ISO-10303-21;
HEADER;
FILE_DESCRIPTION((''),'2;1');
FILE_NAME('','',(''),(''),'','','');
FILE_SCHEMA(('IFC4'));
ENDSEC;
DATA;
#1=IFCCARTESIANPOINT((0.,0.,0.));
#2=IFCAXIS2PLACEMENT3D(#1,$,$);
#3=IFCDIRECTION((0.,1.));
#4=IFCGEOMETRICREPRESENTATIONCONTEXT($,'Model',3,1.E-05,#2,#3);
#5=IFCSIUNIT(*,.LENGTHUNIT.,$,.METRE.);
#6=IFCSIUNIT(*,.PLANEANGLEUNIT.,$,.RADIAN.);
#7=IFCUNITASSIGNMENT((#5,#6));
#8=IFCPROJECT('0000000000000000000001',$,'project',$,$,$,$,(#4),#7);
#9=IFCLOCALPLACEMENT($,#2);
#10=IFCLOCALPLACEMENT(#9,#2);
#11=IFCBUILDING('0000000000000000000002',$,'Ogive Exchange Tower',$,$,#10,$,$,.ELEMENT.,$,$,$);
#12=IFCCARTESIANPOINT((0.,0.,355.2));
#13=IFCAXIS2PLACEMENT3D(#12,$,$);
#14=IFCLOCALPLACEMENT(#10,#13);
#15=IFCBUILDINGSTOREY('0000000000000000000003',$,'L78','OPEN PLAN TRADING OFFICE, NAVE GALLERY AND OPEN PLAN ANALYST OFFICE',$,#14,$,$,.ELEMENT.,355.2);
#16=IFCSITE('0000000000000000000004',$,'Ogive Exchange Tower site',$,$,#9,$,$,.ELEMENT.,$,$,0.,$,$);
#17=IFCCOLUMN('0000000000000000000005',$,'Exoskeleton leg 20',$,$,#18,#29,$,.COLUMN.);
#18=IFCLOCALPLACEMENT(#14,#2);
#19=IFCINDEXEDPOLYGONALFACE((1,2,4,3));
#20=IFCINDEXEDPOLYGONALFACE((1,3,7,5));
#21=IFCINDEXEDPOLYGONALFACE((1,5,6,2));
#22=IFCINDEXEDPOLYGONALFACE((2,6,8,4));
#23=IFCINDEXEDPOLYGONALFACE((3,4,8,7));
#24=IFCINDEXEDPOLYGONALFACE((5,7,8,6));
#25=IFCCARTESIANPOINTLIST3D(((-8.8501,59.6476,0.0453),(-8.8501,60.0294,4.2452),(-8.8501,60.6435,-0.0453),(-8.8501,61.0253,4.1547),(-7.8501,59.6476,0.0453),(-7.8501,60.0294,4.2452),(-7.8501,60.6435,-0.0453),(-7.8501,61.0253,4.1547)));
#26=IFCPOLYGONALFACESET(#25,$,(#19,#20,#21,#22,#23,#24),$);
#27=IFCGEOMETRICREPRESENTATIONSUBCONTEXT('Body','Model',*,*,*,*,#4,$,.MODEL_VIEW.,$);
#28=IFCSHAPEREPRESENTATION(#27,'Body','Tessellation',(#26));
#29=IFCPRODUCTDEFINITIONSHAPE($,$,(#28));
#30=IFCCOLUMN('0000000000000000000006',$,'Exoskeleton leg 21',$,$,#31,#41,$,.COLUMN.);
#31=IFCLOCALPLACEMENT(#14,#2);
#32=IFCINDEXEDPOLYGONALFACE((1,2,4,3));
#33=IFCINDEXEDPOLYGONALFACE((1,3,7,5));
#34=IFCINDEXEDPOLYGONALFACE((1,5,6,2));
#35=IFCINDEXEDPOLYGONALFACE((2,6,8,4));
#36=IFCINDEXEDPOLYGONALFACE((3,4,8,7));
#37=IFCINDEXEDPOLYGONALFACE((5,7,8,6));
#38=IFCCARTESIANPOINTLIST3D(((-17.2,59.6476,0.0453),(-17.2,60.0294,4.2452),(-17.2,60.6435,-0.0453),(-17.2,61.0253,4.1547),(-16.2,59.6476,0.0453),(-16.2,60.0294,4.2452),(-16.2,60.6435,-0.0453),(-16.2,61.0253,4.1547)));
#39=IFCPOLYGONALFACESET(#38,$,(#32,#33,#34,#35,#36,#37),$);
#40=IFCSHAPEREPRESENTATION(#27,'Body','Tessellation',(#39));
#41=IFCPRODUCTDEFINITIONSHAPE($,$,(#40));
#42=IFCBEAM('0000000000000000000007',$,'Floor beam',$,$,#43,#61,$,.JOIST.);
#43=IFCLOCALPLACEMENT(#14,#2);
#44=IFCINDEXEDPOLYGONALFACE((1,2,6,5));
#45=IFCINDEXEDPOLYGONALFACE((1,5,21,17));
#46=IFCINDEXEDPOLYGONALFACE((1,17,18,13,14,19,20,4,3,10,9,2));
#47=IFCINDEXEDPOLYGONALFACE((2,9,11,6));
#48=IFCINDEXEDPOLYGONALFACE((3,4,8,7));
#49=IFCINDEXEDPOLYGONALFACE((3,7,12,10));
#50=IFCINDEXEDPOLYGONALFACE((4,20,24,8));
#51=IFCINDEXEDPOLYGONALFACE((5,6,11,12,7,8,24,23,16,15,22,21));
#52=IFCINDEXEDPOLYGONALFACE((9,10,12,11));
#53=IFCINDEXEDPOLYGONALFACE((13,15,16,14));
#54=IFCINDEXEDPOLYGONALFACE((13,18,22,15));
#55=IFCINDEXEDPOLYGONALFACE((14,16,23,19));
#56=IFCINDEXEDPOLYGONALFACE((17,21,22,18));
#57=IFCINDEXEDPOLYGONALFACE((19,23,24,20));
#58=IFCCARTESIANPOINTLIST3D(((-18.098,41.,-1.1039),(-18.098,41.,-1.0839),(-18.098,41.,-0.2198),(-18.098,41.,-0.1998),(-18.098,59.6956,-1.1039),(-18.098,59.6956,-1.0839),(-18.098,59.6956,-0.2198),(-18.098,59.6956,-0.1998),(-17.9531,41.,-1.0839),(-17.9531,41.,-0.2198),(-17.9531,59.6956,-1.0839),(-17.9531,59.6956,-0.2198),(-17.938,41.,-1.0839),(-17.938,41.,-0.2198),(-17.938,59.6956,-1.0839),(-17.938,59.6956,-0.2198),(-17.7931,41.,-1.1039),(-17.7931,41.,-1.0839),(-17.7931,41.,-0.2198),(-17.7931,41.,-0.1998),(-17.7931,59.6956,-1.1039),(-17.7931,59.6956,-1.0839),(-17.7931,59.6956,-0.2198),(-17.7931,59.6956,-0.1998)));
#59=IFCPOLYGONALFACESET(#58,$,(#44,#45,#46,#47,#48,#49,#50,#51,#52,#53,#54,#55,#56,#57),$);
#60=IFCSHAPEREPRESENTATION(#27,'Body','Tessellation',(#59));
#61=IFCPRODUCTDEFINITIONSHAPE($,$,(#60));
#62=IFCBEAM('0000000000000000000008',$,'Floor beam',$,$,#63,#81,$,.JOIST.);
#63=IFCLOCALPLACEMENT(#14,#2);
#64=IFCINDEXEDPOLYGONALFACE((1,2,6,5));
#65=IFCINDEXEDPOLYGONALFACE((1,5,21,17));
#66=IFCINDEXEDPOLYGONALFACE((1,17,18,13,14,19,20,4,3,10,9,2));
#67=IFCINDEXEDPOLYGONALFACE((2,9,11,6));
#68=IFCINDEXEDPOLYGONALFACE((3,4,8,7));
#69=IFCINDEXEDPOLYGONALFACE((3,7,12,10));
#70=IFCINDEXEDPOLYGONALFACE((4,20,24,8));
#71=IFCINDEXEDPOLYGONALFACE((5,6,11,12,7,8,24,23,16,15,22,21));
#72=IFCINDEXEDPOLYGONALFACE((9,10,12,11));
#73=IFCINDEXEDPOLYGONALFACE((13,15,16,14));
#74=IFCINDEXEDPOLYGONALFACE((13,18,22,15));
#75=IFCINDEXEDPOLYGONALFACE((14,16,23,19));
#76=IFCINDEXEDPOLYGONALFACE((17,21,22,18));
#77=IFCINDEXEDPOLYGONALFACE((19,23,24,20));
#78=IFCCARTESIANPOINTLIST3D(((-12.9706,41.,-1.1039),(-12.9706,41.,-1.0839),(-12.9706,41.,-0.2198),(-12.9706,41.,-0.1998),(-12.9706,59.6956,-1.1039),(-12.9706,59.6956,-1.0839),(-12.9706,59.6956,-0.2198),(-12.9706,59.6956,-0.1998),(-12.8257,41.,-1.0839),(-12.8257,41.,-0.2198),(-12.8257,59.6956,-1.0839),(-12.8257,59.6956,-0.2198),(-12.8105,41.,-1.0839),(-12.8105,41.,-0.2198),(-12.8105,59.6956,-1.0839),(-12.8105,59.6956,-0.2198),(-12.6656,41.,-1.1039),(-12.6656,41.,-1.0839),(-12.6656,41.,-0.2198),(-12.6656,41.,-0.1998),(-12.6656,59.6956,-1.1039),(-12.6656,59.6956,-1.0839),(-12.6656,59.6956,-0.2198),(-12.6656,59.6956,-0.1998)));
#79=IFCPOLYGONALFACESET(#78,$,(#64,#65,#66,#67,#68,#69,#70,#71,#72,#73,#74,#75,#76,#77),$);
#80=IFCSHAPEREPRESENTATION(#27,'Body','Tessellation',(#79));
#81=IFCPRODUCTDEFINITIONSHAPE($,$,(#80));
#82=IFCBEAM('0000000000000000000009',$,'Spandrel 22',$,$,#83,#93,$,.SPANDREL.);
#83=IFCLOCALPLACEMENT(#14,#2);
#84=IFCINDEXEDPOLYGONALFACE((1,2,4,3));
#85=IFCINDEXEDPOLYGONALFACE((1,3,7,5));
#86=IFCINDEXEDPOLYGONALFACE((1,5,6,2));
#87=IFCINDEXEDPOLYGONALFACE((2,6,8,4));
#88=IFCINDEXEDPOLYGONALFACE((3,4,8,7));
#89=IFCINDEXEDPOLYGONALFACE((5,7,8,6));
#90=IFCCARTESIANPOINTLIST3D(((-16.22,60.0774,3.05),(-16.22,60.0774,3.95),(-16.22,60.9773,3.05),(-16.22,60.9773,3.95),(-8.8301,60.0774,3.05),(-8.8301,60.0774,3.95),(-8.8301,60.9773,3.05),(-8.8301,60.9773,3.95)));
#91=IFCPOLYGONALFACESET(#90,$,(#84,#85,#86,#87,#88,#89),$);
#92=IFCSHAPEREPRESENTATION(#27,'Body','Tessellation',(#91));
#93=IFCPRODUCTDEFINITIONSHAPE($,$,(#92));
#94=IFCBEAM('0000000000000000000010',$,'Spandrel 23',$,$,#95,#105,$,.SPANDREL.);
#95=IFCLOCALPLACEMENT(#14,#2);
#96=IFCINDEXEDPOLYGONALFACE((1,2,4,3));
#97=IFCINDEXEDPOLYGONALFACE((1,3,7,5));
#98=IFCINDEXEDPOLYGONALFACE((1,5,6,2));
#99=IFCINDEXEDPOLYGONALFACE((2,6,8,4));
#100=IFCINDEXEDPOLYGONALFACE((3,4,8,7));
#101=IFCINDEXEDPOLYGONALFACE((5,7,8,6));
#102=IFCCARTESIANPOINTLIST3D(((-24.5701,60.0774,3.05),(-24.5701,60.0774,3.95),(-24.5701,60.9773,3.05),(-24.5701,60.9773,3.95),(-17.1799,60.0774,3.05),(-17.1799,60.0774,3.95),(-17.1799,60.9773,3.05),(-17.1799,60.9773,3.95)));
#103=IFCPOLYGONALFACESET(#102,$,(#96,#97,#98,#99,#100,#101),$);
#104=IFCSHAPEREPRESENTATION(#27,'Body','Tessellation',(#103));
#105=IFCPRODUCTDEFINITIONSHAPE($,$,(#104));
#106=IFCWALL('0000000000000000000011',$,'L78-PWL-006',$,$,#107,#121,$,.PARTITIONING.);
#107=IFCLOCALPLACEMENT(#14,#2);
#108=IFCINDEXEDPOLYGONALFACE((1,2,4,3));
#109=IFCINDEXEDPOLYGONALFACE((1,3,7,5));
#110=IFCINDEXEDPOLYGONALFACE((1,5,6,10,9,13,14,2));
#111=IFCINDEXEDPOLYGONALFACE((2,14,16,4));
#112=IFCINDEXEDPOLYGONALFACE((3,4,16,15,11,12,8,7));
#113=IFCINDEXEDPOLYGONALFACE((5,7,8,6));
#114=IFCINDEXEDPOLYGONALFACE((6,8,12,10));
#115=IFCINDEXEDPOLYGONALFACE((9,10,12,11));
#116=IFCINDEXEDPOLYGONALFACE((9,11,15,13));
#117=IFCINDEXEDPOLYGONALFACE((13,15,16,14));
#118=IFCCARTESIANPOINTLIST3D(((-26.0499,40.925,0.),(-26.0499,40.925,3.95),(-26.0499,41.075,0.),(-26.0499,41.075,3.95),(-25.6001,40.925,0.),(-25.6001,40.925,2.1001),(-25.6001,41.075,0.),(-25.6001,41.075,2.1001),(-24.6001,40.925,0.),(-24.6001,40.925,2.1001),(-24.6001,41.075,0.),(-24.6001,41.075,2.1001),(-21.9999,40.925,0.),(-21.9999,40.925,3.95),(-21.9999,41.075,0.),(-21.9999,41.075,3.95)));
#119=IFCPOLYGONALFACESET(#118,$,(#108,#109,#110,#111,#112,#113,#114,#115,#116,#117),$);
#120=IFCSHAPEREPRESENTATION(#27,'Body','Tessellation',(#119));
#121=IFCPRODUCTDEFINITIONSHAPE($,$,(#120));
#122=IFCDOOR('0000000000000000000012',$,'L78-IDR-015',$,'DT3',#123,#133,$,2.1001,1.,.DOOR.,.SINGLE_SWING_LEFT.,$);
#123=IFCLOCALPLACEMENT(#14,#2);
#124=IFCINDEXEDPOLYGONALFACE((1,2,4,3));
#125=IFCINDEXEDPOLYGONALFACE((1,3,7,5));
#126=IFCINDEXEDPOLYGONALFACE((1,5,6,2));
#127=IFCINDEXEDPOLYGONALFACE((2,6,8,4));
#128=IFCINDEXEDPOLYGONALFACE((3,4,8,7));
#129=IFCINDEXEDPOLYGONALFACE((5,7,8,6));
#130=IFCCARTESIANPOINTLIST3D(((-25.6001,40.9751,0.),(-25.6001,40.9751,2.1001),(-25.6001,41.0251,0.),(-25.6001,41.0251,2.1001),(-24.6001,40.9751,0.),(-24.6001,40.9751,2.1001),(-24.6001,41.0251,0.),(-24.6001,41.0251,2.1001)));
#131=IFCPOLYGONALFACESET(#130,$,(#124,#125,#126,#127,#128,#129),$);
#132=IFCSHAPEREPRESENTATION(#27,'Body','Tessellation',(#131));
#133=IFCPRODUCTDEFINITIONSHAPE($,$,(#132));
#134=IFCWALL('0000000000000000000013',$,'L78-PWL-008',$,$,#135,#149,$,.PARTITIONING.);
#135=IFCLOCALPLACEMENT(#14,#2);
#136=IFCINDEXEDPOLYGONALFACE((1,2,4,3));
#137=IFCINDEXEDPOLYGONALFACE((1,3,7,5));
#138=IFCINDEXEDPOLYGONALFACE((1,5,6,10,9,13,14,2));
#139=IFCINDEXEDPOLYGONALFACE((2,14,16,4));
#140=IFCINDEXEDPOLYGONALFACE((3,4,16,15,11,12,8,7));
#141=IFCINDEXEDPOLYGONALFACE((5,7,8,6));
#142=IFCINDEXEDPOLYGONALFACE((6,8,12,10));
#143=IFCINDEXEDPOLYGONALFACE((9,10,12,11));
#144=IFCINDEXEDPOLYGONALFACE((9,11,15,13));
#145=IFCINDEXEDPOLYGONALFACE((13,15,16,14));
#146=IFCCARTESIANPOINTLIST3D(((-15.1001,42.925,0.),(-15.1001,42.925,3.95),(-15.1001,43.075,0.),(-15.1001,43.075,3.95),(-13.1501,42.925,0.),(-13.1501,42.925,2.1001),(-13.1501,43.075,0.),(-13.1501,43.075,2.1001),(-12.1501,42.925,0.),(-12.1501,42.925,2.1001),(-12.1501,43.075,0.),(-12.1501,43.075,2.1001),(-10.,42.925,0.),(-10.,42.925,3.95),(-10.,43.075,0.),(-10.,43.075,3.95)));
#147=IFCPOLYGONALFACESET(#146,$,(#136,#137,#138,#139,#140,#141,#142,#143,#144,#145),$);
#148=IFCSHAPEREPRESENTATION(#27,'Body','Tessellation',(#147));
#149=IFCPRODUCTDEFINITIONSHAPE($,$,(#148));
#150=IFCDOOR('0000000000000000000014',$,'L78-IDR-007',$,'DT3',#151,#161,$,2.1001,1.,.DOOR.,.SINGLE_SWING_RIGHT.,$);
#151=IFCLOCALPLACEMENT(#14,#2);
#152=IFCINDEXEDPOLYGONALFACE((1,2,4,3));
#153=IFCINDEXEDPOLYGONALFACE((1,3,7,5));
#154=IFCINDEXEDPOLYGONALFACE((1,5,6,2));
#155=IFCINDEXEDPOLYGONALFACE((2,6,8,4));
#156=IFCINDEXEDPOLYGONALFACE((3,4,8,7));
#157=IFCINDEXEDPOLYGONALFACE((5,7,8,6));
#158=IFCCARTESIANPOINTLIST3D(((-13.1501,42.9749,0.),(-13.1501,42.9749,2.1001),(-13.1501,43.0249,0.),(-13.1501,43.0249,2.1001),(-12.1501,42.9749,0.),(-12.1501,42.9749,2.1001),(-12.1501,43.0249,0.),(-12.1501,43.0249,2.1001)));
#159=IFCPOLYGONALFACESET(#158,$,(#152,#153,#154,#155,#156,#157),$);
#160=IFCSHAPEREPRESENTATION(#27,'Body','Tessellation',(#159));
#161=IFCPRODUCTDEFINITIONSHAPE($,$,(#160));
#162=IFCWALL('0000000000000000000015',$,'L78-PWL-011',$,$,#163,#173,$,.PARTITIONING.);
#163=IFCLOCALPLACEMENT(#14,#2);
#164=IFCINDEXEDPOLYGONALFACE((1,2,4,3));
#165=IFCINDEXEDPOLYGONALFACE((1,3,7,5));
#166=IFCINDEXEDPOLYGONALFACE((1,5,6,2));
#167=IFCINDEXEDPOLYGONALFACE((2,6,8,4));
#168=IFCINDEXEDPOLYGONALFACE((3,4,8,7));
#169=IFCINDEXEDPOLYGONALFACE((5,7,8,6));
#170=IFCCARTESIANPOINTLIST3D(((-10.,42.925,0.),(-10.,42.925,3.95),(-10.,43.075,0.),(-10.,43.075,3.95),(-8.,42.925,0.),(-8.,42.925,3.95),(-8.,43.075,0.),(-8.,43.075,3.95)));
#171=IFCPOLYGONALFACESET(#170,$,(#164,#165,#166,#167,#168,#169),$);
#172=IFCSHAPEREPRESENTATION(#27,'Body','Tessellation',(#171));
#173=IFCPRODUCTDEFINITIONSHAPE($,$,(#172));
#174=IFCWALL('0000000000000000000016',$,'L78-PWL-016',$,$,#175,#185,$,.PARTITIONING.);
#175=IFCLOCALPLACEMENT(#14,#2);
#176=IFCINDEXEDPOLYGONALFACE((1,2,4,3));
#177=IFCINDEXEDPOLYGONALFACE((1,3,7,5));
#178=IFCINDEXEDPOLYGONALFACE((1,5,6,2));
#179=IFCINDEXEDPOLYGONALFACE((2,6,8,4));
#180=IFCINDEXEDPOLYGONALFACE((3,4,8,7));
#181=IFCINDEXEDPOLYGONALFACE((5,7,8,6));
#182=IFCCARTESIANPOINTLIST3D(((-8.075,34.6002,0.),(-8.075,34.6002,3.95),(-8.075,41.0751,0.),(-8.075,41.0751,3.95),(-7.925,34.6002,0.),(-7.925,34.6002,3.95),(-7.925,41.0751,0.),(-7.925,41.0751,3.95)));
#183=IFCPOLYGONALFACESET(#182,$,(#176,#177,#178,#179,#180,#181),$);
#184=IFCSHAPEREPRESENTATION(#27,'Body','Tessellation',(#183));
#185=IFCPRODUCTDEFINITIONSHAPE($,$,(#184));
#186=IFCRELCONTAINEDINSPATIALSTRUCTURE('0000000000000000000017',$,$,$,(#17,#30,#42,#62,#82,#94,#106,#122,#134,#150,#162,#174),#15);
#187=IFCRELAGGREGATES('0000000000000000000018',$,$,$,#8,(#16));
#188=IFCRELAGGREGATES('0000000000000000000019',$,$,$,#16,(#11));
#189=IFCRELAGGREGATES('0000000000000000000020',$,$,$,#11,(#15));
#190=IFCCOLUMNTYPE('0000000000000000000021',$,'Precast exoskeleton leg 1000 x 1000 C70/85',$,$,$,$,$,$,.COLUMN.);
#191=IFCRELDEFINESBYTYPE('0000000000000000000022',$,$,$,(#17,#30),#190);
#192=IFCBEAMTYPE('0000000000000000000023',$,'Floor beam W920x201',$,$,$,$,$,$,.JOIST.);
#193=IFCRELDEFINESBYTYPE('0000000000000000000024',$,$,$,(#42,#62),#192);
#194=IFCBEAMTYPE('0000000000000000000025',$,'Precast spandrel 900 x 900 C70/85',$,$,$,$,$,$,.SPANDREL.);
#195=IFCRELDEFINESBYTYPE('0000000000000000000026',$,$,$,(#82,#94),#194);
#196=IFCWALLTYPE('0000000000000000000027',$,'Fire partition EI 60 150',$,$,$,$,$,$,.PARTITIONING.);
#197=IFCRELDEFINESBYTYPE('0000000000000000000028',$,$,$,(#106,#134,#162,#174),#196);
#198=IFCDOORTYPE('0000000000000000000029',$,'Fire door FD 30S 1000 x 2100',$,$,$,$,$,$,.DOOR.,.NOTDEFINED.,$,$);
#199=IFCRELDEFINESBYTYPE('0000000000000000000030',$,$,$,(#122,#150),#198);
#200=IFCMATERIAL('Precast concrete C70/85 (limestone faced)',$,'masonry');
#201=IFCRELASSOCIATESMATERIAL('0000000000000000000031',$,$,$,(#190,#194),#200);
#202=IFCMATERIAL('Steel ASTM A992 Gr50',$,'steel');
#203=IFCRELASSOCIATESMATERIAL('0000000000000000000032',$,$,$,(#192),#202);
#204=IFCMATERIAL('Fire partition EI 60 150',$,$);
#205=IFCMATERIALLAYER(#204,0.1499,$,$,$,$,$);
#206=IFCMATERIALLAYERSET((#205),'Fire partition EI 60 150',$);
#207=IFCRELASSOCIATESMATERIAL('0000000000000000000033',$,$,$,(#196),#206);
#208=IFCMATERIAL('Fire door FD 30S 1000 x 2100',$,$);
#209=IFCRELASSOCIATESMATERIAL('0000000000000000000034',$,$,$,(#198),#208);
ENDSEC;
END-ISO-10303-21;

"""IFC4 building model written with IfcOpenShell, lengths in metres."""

from ifc_helpers import new_model, si_unit, direction, frame, frame_2d, origin, origin_2d, place, context, subcontext, project, spatial, rectangle, i_section, extrude, material, layer, layer_set, material_profile, profile_set, type_object, element, fill, save


model = new_model("IFC4")

# Units and contexts
model_context = context("Model", 3, precision=1e-05, world=origin(), true_north=direction((0.0, 1.0)))
body_context = subcontext(model_context, "Body", "Model", "MODEL_VIEW")
ifc_project = project(units=[si_unit("LENGTHUNIT", "METRE"), si_unit("PLANEANGLEUNIT", "RADIAN")], contexts=[model_context])

# Site, building, storey
site_placement = place(None, origin())
site = spatial("IfcSite", under=ifc_project, at=site_placement, Name="Ogive Exchange Tower site", CompositionType="ELEMENT", RefElevation=0.0)
building_placement = place(site_placement, origin())
building = spatial("IfcBuilding", under=site, at=building_placement, Name="Ogive Exchange Tower", CompositionType="ELEMENT")
storey_placement = place(building_placement, frame((0.0, 0.0, 355.2)))
storey = spatial("IfcBuildingStorey", under=building, at=storey_placement, Name="L78", Description="OPEN PLAN TRADING OFFICE, NAVE GALLERY AND OPEN PLAN ANALYST OFFICE", CompositionType="ELEMENT", Elevation=355.2)

# Columns
ifc_material_1 = material(Name="Precast concrete C70/85 (limestone faced)", Category="masonry")
ifc_material_profile_1 = material_profile(ifc_material_1, rectangle(XDim=1.0, YDim=1.0, at=origin_2d()), Name="1000 x 1000")
ifc_profile_set_1 = profile_set([ifc_material_profile_1], Name="Precast concrete C70/85 (limestone faced)")
column_type = type_object("IfcColumnType", Name="Precast exoskeleton leg 1000 x 1000 C70/85", PredefinedType="COLUMN", material=ifc_profile_set_1)
for number, where, z_axis, x_axis, name in (
    (1, (-8.3501, 60.1455, 0.0), (0.0, 0.090541, 0.995893), (-1.0, 0.0, 0.0), "Exoskeleton leg 20"),
    (2, (-16.7, 60.1455, 0.0), (0.0, 0.090541, 0.995893), (-1.0, 0.0, 0.0), "Exoskeleton leg 21"),
):
    element("IfcColumn", number, at=place(storey_placement, frame(where, z_axis=z_axis, x_axis=x_axis)), inside=storey, type_object=column_type, Name=name, PredefinedType="COLUMN", context=body_context, shape_type="SweptSolid", body=[
        extrude(rectangle(XDim=1.0, YDim=1.0, at=origin_2d()), origin(), (0.0, 0.0, 1.0), 4.2173),
    ])

# Beams
ifc_material_2 = material(Name="Steel ASTM A992 Gr50", Category="steel")
ifc_material_profile_2 = material_profile(ifc_material_2, i_section(OverallWidth=0.3049, OverallDepth=0.9041, WebThickness=0.0151, FlangeThickness=0.02, at=origin_2d()), Name="W920x201")
ifc_profile_set_2 = profile_set([ifc_material_profile_2], Name="Steel ASTM A992 Gr50")
beam_type_1 = type_object("IfcBeamType", Name="Floor beam W920x201", PredefinedType="JOIST", material=ifc_profile_set_2)
for number, where, z_axis, x_axis, name in (
    (3, (-17.9456, 41.0, -0.6519), (0.0, 1.0, 0.0), (-1.0, 0.0, 0.0), "Floor beam"),
    (4, (-12.8181, 41.0, -0.6519), (0.0, 1.0, 0.0), (-1.0, 0.0, 0.0), "Floor beam"),
):
    element("IfcBeam", number, at=place(storey_placement, frame(where, z_axis=z_axis, x_axis=x_axis)), inside=storey, type_object=beam_type_1, Name=name, PredefinedType="JOIST", context=body_context, shape_type="SweptSolid", body=[
        extrude(i_section(OverallWidth=0.3049, OverallDepth=0.9041, WebThickness=0.0151, FlangeThickness=0.02, at=origin_2d()), origin(), (0.0, 0.0, 1.0), 18.6956),
    ])
ifc_material_profile_3 = material_profile(ifc_material_1, rectangle(XDim=0.8999, YDim=0.8999, at=origin_2d()), Name="900 x 900")
ifc_profile_set_3 = profile_set([ifc_material_profile_3], Name="Precast concrete C70/85 (limestone faced)")
beam_type_2 = type_object("IfcBeamType", Name="Precast spandrel 900 x 900 C70/85", PredefinedType="SPANDREL", material=ifc_profile_set_3)
beam_1_placement = place(storey_placement, frame((-8.8301, 60.5273, 3.5), z_axis=(-1.0, 0.0, 0.0), x_axis=(0.0, -1.0, 0.0)))
element("IfcBeam", 5, at=beam_1_placement, inside=storey, type_object=beam_type_2, Name="Spandrel 22", PredefinedType="SPANDREL", context=body_context, shape_type="SweptSolid", body=[
    extrude(rectangle(XDim=0.8999, YDim=0.8999, at=origin_2d()), origin(), (0.0, 0.0, 1.0), 7.3899),
])
beam_2_placement = place(storey_placement, frame((-17.1799, 60.5273, 3.5), z_axis=(-1.0, 0.0, 0.0), x_axis=(0.0, -1.0, 0.0)))
element("IfcBeam", 6, at=beam_2_placement, inside=storey, type_object=beam_type_2, Name="Spandrel 23", PredefinedType="SPANDREL", context=body_context, shape_type="SweptSolid", body=[
    extrude(rectangle(XDim=0.8999, YDim=0.8999, at=origin_2d()), origin(), (0.0, 0.0, 1.0), 7.3901),
])

# Walls, openings, doors
ifc_material_3 = material(Name="Fire partition EI 60 150")
ifc_layer_1 = layer(ifc_material_3, 0.1499)
ifc_layer_set_1 = layer_set([ifc_layer_1], Name="Fire partition EI 60 150")
wall_type_1 = type_object("IfcWallType", Name="Fire partition EI 60 150", PredefinedType="PARTITIONING", material=ifc_layer_set_1)
wall_1_placement = place(storey_placement, frame((-22.0, 41.0, 0.0), z_axis=(0.0, 0.0, 1.0), x_axis=(-1.0, 0.0, 0.0)))
wall_1 = element("IfcWall", 7, at=wall_1_placement, inside=storey, type_object=wall_type_1, Name="L78-PWL-006", PredefinedType="PARTITIONING", context=body_context, shape_type="SweptSolid", body=[
    extrude(rectangle(XDim=4.05, YDim=0.1499, at=frame_2d((2.0249, 0.0))), origin(), (0.0, 0.0, 1.0), 3.95),
])
opening_1_placement = place(wall_1_placement, frame((2.6001, 0.0, 0.0)))
opening_1 = element("IfcOpeningElement", 8, at=opening_1_placement, cuts=wall_1, PredefinedType="OPENING", context=body_context, shape_type="SweptSolid", body=[
    extrude(rectangle(XDim=1.0, YDim=2.1001, at=frame_2d((0.5, 1.05))), frame((0.0, 0.085, 0.0), z_axis=(0.0, -1.0, 0.0), x_axis=(1.0, 0.0, 0.0)), (0.0, 0.0, 1.0), 0.1699),
])
ifc_material_4 = material(Name="Fire door FD 30S 1000 x 2100")
door_type_1 = type_object("IfcDoorType", Name="Fire door FD 30S 1000 x 2100", OperationType="NOTDEFINED", PredefinedType="DOOR", material=ifc_material_4)
door_1_placement = place(opening_1_placement, origin())
door_1 = element("IfcDoor", 9, at=door_1_placement, inside=storey, type_object=door_type_1, Name="L78-IDR-015", ObjectType="DT3", OperationType="SINGLE_SWING_LEFT", OverallHeight=2.1001, OverallWidth=1.0, PredefinedType="DOOR", context=body_context, shape_type="SweptSolid", body=[
    extrude(rectangle(XDim=1.0, YDim=2.1001, at=frame_2d((0.5, 1.05))), frame((0.0, 0.0249, 0.0), z_axis=(0.0, -1.0, 0.0), x_axis=(1.0, 0.0, 0.0)), (0.0, 0.0, 1.0), 0.05),
])
fill(opening_1, door_1)
wall_2_placement = place(storey_placement, frame((-15.1001, 43.0, 0.0), z_axis=(0.0, 0.0, 1.0), x_axis=(1.0, 0.0, 0.0)))
wall_2 = element("IfcWall", 10, at=wall_2_placement, inside=storey, type_object=wall_type_1, Name="L78-PWL-008", PredefinedType="PARTITIONING", context=body_context, shape_type="SweptSolid", body=[
    extrude(rectangle(XDim=5.1001, YDim=0.1499, at=frame_2d((2.55, 0.0))), origin(), (0.0, 0.0, 1.0), 3.95),
])
opening_2_placement = place(wall_2_placement, frame((1.95, 0.0, 0.0)))
opening_2 = element("IfcOpeningElement", 11, at=opening_2_placement, cuts=wall_2, PredefinedType="OPENING", context=body_context, shape_type="SweptSolid", body=[
    extrude(rectangle(XDim=1.0, YDim=2.1001, at=frame_2d((0.5, 1.05))), frame((0.0, 0.085, 0.0), z_axis=(0.0, -1.0, 0.0), x_axis=(1.0, 0.0, 0.0)), (0.0, 0.0, 1.0), 0.1699),
])
door_2_placement = place(opening_2_placement, origin())
door_2 = element("IfcDoor", 12, at=door_2_placement, inside=storey, type_object=door_type_1, Name="L78-IDR-007", ObjectType="DT3", OperationType="SINGLE_SWING_RIGHT", OverallHeight=2.1001, OverallWidth=1.0, PredefinedType="DOOR", context=body_context, shape_type="SweptSolid", body=[
    extrude(rectangle(XDim=1.0, YDim=2.1001, at=frame_2d((0.5, 1.05))), frame((0.0, 0.0249, 0.0), z_axis=(0.0, -1.0, 0.0), x_axis=(1.0, 0.0, 0.0)), (0.0, 0.0, 1.0), 0.05),
])
fill(opening_2, door_2)

# Walls
wall_3_placement = place(storey_placement, frame((-10.0, 43.0, 0.0), z_axis=(0.0, 0.0, 1.0), x_axis=(1.0, 0.0, 0.0)))
element("IfcWall", 13, at=wall_3_placement, inside=storey, type_object=wall_type_1, Name="L78-PWL-011", PredefinedType="PARTITIONING", context=body_context, shape_type="SweptSolid", body=[
    extrude(rectangle(XDim=2.0, YDim=0.1499, at=frame_2d((1.0, 0.0))), origin(), (0.0, 0.0, 1.0), 3.95),
])
wall_4_placement = place(storey_placement, frame((-8.0, 41.075, 0.0), z_axis=(0.0, 0.0, 1.0), x_axis=(0.0, -1.0, 0.0)))
element("IfcWall", 14, at=wall_4_placement, inside=storey, type_object=wall_type_1, Name="L78-PWL-016", PredefinedType="PARTITIONING", context=body_context, shape_type="SweptSolid", body=[
    extrude(rectangle(XDim=6.4749, YDim=0.1499, at=frame_2d((3.2373, 0.0))), origin(), (0.0, 0.0, 1.0), 3.95),
])

save(model, "model.ifc")
